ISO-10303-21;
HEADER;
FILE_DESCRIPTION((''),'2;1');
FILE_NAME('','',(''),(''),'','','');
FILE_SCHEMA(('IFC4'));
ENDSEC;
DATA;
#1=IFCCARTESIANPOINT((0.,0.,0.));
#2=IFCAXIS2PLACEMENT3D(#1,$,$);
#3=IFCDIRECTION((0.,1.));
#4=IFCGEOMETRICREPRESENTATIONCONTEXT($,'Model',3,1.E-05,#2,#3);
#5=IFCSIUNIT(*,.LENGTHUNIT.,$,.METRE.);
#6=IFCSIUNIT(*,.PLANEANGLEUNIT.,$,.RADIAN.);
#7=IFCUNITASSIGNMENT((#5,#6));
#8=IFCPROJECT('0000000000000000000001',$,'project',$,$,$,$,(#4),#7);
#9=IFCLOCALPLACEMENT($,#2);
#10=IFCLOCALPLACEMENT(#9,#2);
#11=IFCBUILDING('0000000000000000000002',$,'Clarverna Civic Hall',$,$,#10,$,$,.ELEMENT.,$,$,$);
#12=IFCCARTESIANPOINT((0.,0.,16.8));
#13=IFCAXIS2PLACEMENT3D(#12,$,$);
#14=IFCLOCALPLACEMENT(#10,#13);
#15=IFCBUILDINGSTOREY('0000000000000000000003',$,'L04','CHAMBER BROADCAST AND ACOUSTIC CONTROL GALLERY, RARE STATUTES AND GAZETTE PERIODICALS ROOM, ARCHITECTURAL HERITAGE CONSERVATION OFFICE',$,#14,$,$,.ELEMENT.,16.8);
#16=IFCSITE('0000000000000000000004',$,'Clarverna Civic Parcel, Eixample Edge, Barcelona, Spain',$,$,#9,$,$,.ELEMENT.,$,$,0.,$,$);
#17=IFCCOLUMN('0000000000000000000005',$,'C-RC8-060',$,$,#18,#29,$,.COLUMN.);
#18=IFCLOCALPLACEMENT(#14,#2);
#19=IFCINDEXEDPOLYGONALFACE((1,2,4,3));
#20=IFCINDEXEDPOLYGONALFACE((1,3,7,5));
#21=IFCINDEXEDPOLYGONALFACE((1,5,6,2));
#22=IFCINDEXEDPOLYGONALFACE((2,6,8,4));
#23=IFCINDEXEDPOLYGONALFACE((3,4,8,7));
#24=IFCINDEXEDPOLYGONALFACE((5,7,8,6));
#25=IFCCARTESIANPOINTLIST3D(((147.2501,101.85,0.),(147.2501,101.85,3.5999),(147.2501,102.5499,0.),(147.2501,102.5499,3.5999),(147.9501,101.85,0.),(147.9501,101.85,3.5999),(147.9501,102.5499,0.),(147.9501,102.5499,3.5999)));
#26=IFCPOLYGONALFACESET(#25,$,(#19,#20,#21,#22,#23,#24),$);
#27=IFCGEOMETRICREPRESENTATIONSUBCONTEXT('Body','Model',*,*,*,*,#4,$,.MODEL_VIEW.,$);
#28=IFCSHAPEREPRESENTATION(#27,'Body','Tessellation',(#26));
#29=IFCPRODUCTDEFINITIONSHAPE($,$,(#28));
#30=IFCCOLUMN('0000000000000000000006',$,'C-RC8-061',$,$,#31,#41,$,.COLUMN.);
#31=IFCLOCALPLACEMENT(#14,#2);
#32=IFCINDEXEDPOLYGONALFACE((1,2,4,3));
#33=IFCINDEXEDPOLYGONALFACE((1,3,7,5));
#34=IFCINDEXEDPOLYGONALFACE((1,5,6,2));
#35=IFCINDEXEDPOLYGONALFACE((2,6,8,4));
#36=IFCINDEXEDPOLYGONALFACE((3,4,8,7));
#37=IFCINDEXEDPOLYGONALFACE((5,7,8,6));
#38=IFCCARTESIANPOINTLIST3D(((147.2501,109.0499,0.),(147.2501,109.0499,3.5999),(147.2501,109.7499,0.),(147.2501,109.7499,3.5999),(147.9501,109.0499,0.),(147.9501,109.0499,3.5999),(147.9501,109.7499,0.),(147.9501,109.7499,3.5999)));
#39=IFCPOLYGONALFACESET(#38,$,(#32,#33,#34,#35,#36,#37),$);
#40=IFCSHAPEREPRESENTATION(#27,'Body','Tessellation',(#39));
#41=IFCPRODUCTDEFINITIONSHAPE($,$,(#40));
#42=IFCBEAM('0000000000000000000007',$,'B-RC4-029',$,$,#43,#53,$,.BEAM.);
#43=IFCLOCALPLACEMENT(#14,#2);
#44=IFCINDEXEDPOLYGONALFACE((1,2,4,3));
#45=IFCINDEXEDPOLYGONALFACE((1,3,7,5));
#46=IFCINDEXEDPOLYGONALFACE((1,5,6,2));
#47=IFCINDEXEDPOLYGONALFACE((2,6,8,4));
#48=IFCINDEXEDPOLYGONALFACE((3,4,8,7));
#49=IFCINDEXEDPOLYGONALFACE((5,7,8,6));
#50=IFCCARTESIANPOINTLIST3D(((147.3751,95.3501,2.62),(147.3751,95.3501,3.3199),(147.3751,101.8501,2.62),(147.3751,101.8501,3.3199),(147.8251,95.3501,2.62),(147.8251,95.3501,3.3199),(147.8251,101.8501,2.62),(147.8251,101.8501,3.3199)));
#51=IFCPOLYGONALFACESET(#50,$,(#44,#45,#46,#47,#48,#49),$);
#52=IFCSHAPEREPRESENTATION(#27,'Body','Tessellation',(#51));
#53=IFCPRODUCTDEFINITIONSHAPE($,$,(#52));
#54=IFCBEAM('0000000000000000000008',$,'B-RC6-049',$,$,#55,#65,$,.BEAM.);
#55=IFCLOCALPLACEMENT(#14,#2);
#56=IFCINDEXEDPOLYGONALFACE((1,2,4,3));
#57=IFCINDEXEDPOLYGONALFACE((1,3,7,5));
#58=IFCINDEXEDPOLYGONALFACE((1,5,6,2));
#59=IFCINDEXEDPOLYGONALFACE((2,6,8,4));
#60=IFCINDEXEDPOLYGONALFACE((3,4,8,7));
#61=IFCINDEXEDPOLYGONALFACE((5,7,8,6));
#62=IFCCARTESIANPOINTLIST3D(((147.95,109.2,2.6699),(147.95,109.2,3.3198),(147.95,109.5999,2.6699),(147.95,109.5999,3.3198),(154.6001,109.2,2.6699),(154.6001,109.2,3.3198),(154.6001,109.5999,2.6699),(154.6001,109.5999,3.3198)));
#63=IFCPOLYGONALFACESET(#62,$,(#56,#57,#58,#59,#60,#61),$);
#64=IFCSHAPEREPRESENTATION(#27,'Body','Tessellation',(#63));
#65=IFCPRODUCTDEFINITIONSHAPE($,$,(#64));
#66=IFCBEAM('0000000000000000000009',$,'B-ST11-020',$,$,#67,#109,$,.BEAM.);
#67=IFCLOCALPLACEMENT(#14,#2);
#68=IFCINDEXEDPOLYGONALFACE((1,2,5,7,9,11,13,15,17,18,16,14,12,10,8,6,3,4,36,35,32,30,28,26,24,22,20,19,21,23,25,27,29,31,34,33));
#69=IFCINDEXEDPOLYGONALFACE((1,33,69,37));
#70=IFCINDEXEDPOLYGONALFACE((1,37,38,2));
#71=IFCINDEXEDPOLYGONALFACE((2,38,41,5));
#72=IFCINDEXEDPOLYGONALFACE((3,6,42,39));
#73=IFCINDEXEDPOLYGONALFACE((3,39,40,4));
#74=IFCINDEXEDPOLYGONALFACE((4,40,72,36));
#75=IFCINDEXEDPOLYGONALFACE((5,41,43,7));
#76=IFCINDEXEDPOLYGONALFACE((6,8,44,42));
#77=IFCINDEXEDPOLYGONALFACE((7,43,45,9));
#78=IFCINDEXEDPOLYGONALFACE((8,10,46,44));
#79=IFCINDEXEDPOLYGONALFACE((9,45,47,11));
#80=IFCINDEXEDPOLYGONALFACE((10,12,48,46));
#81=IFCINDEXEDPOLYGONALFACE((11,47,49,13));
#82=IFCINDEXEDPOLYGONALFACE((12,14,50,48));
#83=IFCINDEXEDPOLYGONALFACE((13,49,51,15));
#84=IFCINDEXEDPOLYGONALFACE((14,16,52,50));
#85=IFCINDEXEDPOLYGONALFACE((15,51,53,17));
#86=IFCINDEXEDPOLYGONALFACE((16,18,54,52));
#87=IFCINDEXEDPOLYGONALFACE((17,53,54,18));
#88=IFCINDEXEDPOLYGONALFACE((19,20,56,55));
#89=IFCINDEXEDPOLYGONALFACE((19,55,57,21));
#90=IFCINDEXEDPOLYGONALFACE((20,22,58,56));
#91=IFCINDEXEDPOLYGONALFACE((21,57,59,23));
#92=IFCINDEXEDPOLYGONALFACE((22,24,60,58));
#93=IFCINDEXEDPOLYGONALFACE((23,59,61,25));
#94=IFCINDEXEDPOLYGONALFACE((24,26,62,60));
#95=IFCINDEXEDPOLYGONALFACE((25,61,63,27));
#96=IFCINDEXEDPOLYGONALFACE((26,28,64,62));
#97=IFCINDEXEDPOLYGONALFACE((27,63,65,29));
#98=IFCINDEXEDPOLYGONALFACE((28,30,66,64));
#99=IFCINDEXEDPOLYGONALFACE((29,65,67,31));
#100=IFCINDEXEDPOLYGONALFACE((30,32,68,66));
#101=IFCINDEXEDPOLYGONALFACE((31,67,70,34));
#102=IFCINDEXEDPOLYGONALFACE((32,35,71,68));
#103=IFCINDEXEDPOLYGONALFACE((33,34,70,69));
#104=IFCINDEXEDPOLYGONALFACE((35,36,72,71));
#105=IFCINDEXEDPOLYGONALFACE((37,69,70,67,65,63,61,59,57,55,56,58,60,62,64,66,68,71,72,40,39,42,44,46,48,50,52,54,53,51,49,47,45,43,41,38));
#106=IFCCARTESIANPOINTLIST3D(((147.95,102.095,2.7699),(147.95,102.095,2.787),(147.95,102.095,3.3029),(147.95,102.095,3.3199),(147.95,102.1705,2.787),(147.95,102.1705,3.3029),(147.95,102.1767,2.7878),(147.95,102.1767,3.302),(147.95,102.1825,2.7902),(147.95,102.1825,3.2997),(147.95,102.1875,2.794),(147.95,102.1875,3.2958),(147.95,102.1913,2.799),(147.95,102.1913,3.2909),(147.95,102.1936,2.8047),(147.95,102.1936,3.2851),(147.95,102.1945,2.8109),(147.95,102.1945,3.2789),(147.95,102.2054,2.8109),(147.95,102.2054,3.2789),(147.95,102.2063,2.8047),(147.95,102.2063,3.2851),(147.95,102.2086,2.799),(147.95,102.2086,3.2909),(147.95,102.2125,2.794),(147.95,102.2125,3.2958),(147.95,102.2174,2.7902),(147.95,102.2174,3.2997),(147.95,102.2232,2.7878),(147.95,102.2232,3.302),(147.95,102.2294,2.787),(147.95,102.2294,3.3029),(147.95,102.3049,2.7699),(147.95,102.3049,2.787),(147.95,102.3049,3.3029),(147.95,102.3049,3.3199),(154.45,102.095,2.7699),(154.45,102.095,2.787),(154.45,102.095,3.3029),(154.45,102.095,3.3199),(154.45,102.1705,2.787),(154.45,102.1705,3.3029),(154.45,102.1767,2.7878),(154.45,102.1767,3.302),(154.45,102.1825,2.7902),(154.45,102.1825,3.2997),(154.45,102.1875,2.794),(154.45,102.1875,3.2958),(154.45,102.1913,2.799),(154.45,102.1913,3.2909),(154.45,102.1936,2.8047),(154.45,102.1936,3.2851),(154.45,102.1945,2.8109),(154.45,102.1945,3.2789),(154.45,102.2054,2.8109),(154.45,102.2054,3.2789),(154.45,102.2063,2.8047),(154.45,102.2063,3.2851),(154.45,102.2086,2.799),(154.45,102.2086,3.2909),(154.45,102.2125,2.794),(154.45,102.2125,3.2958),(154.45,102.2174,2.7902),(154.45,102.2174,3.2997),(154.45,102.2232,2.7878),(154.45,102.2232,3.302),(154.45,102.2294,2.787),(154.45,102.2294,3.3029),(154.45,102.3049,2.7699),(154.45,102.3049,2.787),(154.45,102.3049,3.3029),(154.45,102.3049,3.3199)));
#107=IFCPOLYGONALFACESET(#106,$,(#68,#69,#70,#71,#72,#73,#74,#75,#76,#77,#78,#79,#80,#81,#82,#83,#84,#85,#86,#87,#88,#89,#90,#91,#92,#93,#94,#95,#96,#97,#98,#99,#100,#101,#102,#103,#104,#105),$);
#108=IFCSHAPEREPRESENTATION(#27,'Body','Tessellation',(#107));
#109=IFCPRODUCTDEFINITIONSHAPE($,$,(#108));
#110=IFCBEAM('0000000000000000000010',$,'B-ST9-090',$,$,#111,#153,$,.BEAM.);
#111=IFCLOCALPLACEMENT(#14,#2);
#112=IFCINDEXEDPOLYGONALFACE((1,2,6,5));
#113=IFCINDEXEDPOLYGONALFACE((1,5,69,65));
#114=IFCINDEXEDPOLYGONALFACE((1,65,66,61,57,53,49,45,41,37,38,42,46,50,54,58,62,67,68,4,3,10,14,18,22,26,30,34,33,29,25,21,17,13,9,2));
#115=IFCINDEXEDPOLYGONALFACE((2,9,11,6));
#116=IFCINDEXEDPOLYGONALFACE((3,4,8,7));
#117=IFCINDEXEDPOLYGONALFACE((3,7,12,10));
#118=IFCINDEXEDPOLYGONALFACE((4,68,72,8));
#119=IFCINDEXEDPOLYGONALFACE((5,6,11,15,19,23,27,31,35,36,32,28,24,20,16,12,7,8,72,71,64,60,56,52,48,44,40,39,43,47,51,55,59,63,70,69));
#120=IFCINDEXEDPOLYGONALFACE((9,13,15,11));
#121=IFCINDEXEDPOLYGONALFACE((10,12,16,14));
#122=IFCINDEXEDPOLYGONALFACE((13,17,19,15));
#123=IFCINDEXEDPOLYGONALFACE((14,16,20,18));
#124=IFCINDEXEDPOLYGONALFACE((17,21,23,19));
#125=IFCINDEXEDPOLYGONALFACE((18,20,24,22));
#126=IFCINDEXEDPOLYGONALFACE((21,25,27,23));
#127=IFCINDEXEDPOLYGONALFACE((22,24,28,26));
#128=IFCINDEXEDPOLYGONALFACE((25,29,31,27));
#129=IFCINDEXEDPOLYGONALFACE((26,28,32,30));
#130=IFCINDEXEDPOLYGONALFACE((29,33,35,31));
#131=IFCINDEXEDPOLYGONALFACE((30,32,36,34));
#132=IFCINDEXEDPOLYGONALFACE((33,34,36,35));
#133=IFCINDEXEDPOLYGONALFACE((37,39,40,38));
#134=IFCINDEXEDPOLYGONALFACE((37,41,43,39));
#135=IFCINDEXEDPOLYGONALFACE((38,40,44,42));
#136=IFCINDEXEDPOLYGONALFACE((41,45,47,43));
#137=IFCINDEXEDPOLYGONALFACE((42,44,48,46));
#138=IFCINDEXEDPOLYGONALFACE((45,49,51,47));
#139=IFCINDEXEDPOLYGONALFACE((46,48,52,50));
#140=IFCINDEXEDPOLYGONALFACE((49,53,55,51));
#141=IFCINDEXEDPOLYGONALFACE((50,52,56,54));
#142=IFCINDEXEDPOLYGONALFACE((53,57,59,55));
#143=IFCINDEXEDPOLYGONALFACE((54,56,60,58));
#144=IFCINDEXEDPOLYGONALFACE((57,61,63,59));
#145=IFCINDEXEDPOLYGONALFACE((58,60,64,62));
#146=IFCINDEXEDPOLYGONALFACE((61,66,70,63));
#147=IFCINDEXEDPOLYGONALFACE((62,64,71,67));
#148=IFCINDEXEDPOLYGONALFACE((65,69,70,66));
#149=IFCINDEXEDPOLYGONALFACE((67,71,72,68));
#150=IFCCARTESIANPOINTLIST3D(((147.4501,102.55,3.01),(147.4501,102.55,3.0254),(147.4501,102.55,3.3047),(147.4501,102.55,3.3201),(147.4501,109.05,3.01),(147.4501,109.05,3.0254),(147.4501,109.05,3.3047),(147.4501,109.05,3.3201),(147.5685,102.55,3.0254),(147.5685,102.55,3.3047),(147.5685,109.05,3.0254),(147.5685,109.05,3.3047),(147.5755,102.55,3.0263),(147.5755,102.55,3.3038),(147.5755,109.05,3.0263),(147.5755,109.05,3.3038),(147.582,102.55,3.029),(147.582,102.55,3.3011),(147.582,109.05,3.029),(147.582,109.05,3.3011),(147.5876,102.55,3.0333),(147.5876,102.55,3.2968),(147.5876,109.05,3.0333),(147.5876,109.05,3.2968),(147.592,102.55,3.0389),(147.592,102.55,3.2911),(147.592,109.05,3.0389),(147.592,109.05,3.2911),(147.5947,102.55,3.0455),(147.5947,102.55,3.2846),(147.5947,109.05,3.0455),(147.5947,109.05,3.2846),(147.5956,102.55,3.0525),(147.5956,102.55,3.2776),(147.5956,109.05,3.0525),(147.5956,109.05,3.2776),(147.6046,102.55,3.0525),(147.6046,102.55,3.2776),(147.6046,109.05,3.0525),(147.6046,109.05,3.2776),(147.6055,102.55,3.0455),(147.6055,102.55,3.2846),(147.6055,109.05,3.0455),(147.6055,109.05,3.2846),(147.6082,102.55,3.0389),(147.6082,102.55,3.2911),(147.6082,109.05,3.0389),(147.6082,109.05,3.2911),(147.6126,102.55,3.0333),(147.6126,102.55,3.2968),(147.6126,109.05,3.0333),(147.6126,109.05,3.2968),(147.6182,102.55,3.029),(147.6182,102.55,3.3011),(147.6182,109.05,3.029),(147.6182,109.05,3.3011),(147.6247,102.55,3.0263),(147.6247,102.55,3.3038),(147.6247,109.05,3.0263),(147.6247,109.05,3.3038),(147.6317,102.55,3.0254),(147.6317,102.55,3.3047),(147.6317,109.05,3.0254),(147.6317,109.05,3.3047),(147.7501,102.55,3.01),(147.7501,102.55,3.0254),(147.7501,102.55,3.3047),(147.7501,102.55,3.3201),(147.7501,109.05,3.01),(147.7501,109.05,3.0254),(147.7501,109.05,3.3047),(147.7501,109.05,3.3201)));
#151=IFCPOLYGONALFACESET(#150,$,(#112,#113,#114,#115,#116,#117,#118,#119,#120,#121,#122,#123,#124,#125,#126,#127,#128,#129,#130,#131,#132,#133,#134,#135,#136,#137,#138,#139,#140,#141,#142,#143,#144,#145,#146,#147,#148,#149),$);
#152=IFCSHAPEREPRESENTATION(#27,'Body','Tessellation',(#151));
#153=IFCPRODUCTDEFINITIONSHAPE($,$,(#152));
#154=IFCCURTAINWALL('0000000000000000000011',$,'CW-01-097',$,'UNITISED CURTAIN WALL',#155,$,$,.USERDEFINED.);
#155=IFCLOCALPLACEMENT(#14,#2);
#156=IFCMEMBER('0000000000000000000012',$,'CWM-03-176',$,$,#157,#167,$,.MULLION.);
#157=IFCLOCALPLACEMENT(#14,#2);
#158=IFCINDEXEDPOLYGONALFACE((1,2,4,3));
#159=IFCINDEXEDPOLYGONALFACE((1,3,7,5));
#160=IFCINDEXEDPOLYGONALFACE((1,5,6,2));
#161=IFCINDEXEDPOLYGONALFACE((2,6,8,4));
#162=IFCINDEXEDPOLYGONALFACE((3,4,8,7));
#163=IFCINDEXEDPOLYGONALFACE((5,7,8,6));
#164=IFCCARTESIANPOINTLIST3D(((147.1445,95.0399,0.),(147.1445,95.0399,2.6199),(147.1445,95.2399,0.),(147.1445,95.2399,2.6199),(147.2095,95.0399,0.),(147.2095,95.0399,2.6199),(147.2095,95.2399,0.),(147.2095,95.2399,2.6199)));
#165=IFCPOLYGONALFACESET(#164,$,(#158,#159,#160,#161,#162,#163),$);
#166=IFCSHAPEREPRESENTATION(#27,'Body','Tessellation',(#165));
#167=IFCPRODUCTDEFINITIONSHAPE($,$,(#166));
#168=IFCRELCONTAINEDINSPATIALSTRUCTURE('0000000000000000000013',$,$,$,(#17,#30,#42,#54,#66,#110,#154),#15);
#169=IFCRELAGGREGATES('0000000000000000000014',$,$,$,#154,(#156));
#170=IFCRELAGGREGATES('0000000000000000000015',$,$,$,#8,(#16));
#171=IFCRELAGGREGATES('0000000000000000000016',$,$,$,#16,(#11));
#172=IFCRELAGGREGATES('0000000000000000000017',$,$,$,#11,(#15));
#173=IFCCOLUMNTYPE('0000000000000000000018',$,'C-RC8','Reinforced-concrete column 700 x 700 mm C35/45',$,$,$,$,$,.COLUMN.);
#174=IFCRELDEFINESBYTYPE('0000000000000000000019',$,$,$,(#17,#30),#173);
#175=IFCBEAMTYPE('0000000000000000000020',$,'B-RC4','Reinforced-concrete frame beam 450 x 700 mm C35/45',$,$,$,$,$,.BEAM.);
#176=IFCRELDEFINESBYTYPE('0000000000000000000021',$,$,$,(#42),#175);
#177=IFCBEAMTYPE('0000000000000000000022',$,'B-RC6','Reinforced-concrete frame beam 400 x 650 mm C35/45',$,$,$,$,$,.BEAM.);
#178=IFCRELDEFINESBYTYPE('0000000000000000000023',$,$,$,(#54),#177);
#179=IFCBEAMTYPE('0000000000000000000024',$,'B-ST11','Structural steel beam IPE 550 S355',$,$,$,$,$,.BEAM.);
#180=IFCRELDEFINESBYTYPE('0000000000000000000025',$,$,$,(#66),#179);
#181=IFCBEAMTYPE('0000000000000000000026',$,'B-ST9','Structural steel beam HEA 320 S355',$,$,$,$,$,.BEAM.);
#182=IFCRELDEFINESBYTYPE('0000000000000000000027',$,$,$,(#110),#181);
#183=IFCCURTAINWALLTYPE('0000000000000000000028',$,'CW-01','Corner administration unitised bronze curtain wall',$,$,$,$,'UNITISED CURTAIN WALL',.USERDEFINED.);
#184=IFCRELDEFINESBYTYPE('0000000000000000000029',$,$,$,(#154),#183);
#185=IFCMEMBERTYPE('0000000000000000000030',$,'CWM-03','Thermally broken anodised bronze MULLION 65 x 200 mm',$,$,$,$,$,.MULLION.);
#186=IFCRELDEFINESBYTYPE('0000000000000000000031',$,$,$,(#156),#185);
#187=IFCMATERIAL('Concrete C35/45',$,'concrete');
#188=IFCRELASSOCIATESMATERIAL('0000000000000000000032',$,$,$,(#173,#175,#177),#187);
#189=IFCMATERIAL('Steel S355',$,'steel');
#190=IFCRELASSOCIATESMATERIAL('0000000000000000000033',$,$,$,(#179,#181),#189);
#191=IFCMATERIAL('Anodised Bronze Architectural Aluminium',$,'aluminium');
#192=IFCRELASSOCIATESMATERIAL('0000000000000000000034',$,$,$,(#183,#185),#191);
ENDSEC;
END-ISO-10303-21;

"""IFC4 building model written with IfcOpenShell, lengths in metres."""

from ifc_helpers import new_model, si_unit, direction, frame, origin, origin_2d, place, context, subcontext, project, spatial, rectangle, i_section, extrude, material, material_profile, profile_set, type_object, element, aggregate, save


model = new_model("IFC4")

# Units and contexts
model_context = context("Model", 3, precision=1e-05, world=origin(), true_north=direction((0.0, 1.0)))
body_context = subcontext(model_context, "Body", "Model", "MODEL_VIEW")
ifc_project = project(units=[si_unit("LENGTHUNIT", "METRE"), si_unit("PLANEANGLEUNIT", "RADIAN")], contexts=[model_context])

# Site, building, storey
site_placement = place(None, origin())
site = spatial("IfcSite", under=ifc_project, at=site_placement, Name="Clarverna Civic Parcel, Eixample Edge, Barcelona, Spain", CompositionType="ELEMENT", RefElevation=0.0)
building_placement = place(site_placement, origin())
building = spatial("IfcBuilding", under=site, at=building_placement, Name="Clarverna Civic Hall", CompositionType="ELEMENT")
storey_placement = place(building_placement, frame((0.0, 0.0, 16.8)))
storey = spatial("IfcBuildingStorey", under=building, at=storey_placement, Name="L04", Description="CHAMBER BROADCAST AND ACOUSTIC CONTROL GALLERY, RARE STATUTES AND GAZETTE PERIODICALS ROOM, ARCHITECTURAL HERITAGE CONSERVATION OFFICE", CompositionType="ELEMENT", Elevation=16.8)

# Columns
ifc_material_1 = material(Name="Concrete C35/45", Category="concrete")
ifc_material_profile_1 = material_profile(ifc_material_1, rectangle(XDim=0.7, YDim=0.7, at=origin_2d()), Name="RC 700x700")
ifc_profile_set_1 = profile_set([ifc_material_profile_1], Name="Concrete C35/45")
column_type = type_object("IfcColumnType", Name="C-RC8", Description="Reinforced-concrete column 700 x 700 mm C35/45", PredefinedType="COLUMN", material=ifc_profile_set_1)
for number, where, z_axis, x_axis, name in (
    (1, (147.6001, 102.2, 0.0), (0.0, 0.0, 1.0), (1.0, 0.0, 0.0), "C-RC8-060"),
    (2, (147.6001, 109.3999, 0.0), (0.0, 0.0, 1.0), (1.0, 0.0, 0.0), "C-RC8-061"),
):
    element("IfcColumn", number, at=place(storey_placement, frame(where, z_axis=z_axis, x_axis=x_axis)), inside=storey, type_object=column_type, Name=name, PredefinedType="COLUMN", context=body_context, shape_type="SweptSolid", body=[
        extrude(rectangle(XDim=0.7, YDim=0.7, at=origin_2d()), origin(), (0.0, 0.0, 1.0), 3.5999),
    ])

# Beams
ifc_material_profile_2 = material_profile(ifc_material_1, rectangle(XDim=0.45, YDim=0.7, at=origin_2d()), Name="RC 450x700")
ifc_profile_set_2 = profile_set([ifc_material_profile_2], Name="Concrete C35/45")
beam_type_1 = type_object("IfcBeamType", Name="B-RC4", Description="Reinforced-concrete frame beam 450 x 700 mm C35/45", PredefinedType="BEAM", material=ifc_profile_set_2)
beam_1_placement = place(storey_placement, frame((147.6001, 95.3501, 2.97), z_axis=(0.0, 1.0, 0.0), x_axis=(-1.0, 0.0, 0.0)))
element("IfcBeam", 3, at=beam_1_placement, inside=storey, type_object=beam_type_1, Name="B-RC4-029", PredefinedType="BEAM", context=body_context, shape_type="SweptSolid", body=[
    extrude(rectangle(XDim=0.45, YDim=0.7, at=origin_2d()), origin(), (0.0, 0.0, 1.0), 6.5),
])
ifc_material_profile_3 = material_profile(ifc_material_1, rectangle(XDim=0.3999, YDim=0.6499, at=origin_2d()), Name="RC 400x650")
ifc_profile_set_3 = profile_set([ifc_material_profile_3], Name="Concrete C35/45")
beam_type_2 = type_object("IfcBeamType", Name="B-RC6", Description="Reinforced-concrete frame beam 400 x 650 mm C35/45", PredefinedType="BEAM", material=ifc_profile_set_3)
beam_2_placement = place(storey_placement, frame((147.95, 109.3999, 2.9949), z_axis=(1.0, 0.0, 0.0), x_axis=(0.0, 1.0, 0.0)))
element("IfcBeam", 4, at=beam_2_placement, inside=storey, type_object=beam_type_2, Name="B-RC6-049", PredefinedType="BEAM", context=body_context, shape_type="SweptSolid", body=[
    extrude(rectangle(XDim=0.3999, YDim=0.6499, at=origin_2d()), origin(), (0.0, 0.0, 1.0), 6.6501),
])
ifc_material_2 = material(Name="Steel S355", Category="steel")
ifc_material_profile_4 = material_profile(ifc_material_2, i_section(OverallWidth=0.21, OverallDepth=0.55, WebThickness=0.011, FlangeThickness=0.0171, FilletRadius=0.0239, at=origin_2d()), Name="IPE 550")
ifc_profile_set_4 = profile_set([ifc_material_profile_4], Name="Steel S355")
beam_type_3 = type_object("IfcBeamType", Name="B-ST11", Description="Structural steel beam IPE 550 S355", PredefinedType="BEAM", material=ifc_profile_set_4)
beam_3_placement = place(storey_placement, frame((147.95, 102.2, 3.0449), z_axis=(1.0, 0.0, 0.0), x_axis=(0.0, 1.0, 0.0)))
element("IfcBeam", 5, at=beam_3_placement, inside=storey, type_object=beam_type_3, Name="B-ST11-020", PredefinedType="BEAM", context=body_context, shape_type="SweptSolid", body=[
    extrude(i_section(OverallWidth=0.21, OverallDepth=0.55, WebThickness=0.011, FlangeThickness=0.0171, FilletRadius=0.0239, at=origin_2d()), origin(), (0.0, 0.0, 1.0), 6.5),
])
ifc_material_profile_5 = material_profile(ifc_material_2, i_section(OverallWidth=0.3, OverallDepth=0.3101, WebThickness=0.009, FlangeThickness=0.0154, FilletRadius=0.0271, at=origin_2d()), Name="HEA 320")
ifc_profile_set_5 = profile_set([ifc_material_profile_5], Name="Steel S355")
beam_type_4 = type_object("IfcBeamType", Name="B-ST9", Description="Structural steel beam HEA 320 S355", PredefinedType="BEAM", material=ifc_profile_set_5)
beam_4_placement = place(storey_placement, frame((147.6001, 102.55, 3.165), z_axis=(0.0, 1.0, 0.0), x_axis=(-1.0, 0.0, 0.0)))
element("IfcBeam", 6, at=beam_4_placement, inside=storey, type_object=beam_type_4, Name="B-ST9-090", PredefinedType="BEAM", context=body_context, shape_type="SweptSolid", body=[
    extrude(i_section(OverallWidth=0.3, OverallDepth=0.3101, WebThickness=0.009, FlangeThickness=0.0154, FilletRadius=0.0271, at=origin_2d()), origin(), (0.0, 0.0, 1.0), 6.5),
])

# Curtain wall, member
ifc_material_3 = material(Name="Anodised Bronze Architectural Aluminium", Category="aluminium")
curtain_wall_type = type_object("IfcCurtainWallType", Name="CW-01", Description="Corner administration unitised bronze curtain wall", ElementType="UNITISED CURTAIN WALL", PredefinedType="USERDEFINED", material=ifc_material_3)
curtain_wall_placement = place(storey_placement, origin())
curtain_wall = element("IfcCurtainWall", 7, at=curtain_wall_placement, inside=storey, type_object=curtain_wall_type, Name="CW-01-097", ObjectType="UNITISED CURTAIN WALL", PredefinedType="USERDEFINED")
ifc_material_profile_6 = material_profile(ifc_material_3, rectangle(XDim=0.0649, YDim=0.2, at=origin_2d()), Name="BRONZE 65x200")
ifc_profile_set_6 = profile_set([ifc_material_profile_6], Name="Anodised Bronze Architectural Aluminium")
member_type = type_object("IfcMemberType", Name="CWM-03", Description="Thermally broken anodised bronze MULLION 65 x 200 mm", PredefinedType="MULLION", material=ifc_profile_set_6)
member_placement = place(storey_placement, frame((147.177, 95.1399, 0.0), z_axis=(0.0, 0.0, 1.0), x_axis=(1.0, 0.0, 0.0)))
member = element("IfcMember", 8, at=member_placement, type_object=member_type, Name="CWM-03-176", PredefinedType="MULLION", context=body_context, shape_type="SweptSolid", body=[
    extrude(rectangle(XDim=0.0649, YDim=0.2, at=origin_2d()), origin(), (0.0, 0.0, 1.0), 2.6199),
])

aggregate(curtain_wall, [member])

save(model, "model.ifc")
